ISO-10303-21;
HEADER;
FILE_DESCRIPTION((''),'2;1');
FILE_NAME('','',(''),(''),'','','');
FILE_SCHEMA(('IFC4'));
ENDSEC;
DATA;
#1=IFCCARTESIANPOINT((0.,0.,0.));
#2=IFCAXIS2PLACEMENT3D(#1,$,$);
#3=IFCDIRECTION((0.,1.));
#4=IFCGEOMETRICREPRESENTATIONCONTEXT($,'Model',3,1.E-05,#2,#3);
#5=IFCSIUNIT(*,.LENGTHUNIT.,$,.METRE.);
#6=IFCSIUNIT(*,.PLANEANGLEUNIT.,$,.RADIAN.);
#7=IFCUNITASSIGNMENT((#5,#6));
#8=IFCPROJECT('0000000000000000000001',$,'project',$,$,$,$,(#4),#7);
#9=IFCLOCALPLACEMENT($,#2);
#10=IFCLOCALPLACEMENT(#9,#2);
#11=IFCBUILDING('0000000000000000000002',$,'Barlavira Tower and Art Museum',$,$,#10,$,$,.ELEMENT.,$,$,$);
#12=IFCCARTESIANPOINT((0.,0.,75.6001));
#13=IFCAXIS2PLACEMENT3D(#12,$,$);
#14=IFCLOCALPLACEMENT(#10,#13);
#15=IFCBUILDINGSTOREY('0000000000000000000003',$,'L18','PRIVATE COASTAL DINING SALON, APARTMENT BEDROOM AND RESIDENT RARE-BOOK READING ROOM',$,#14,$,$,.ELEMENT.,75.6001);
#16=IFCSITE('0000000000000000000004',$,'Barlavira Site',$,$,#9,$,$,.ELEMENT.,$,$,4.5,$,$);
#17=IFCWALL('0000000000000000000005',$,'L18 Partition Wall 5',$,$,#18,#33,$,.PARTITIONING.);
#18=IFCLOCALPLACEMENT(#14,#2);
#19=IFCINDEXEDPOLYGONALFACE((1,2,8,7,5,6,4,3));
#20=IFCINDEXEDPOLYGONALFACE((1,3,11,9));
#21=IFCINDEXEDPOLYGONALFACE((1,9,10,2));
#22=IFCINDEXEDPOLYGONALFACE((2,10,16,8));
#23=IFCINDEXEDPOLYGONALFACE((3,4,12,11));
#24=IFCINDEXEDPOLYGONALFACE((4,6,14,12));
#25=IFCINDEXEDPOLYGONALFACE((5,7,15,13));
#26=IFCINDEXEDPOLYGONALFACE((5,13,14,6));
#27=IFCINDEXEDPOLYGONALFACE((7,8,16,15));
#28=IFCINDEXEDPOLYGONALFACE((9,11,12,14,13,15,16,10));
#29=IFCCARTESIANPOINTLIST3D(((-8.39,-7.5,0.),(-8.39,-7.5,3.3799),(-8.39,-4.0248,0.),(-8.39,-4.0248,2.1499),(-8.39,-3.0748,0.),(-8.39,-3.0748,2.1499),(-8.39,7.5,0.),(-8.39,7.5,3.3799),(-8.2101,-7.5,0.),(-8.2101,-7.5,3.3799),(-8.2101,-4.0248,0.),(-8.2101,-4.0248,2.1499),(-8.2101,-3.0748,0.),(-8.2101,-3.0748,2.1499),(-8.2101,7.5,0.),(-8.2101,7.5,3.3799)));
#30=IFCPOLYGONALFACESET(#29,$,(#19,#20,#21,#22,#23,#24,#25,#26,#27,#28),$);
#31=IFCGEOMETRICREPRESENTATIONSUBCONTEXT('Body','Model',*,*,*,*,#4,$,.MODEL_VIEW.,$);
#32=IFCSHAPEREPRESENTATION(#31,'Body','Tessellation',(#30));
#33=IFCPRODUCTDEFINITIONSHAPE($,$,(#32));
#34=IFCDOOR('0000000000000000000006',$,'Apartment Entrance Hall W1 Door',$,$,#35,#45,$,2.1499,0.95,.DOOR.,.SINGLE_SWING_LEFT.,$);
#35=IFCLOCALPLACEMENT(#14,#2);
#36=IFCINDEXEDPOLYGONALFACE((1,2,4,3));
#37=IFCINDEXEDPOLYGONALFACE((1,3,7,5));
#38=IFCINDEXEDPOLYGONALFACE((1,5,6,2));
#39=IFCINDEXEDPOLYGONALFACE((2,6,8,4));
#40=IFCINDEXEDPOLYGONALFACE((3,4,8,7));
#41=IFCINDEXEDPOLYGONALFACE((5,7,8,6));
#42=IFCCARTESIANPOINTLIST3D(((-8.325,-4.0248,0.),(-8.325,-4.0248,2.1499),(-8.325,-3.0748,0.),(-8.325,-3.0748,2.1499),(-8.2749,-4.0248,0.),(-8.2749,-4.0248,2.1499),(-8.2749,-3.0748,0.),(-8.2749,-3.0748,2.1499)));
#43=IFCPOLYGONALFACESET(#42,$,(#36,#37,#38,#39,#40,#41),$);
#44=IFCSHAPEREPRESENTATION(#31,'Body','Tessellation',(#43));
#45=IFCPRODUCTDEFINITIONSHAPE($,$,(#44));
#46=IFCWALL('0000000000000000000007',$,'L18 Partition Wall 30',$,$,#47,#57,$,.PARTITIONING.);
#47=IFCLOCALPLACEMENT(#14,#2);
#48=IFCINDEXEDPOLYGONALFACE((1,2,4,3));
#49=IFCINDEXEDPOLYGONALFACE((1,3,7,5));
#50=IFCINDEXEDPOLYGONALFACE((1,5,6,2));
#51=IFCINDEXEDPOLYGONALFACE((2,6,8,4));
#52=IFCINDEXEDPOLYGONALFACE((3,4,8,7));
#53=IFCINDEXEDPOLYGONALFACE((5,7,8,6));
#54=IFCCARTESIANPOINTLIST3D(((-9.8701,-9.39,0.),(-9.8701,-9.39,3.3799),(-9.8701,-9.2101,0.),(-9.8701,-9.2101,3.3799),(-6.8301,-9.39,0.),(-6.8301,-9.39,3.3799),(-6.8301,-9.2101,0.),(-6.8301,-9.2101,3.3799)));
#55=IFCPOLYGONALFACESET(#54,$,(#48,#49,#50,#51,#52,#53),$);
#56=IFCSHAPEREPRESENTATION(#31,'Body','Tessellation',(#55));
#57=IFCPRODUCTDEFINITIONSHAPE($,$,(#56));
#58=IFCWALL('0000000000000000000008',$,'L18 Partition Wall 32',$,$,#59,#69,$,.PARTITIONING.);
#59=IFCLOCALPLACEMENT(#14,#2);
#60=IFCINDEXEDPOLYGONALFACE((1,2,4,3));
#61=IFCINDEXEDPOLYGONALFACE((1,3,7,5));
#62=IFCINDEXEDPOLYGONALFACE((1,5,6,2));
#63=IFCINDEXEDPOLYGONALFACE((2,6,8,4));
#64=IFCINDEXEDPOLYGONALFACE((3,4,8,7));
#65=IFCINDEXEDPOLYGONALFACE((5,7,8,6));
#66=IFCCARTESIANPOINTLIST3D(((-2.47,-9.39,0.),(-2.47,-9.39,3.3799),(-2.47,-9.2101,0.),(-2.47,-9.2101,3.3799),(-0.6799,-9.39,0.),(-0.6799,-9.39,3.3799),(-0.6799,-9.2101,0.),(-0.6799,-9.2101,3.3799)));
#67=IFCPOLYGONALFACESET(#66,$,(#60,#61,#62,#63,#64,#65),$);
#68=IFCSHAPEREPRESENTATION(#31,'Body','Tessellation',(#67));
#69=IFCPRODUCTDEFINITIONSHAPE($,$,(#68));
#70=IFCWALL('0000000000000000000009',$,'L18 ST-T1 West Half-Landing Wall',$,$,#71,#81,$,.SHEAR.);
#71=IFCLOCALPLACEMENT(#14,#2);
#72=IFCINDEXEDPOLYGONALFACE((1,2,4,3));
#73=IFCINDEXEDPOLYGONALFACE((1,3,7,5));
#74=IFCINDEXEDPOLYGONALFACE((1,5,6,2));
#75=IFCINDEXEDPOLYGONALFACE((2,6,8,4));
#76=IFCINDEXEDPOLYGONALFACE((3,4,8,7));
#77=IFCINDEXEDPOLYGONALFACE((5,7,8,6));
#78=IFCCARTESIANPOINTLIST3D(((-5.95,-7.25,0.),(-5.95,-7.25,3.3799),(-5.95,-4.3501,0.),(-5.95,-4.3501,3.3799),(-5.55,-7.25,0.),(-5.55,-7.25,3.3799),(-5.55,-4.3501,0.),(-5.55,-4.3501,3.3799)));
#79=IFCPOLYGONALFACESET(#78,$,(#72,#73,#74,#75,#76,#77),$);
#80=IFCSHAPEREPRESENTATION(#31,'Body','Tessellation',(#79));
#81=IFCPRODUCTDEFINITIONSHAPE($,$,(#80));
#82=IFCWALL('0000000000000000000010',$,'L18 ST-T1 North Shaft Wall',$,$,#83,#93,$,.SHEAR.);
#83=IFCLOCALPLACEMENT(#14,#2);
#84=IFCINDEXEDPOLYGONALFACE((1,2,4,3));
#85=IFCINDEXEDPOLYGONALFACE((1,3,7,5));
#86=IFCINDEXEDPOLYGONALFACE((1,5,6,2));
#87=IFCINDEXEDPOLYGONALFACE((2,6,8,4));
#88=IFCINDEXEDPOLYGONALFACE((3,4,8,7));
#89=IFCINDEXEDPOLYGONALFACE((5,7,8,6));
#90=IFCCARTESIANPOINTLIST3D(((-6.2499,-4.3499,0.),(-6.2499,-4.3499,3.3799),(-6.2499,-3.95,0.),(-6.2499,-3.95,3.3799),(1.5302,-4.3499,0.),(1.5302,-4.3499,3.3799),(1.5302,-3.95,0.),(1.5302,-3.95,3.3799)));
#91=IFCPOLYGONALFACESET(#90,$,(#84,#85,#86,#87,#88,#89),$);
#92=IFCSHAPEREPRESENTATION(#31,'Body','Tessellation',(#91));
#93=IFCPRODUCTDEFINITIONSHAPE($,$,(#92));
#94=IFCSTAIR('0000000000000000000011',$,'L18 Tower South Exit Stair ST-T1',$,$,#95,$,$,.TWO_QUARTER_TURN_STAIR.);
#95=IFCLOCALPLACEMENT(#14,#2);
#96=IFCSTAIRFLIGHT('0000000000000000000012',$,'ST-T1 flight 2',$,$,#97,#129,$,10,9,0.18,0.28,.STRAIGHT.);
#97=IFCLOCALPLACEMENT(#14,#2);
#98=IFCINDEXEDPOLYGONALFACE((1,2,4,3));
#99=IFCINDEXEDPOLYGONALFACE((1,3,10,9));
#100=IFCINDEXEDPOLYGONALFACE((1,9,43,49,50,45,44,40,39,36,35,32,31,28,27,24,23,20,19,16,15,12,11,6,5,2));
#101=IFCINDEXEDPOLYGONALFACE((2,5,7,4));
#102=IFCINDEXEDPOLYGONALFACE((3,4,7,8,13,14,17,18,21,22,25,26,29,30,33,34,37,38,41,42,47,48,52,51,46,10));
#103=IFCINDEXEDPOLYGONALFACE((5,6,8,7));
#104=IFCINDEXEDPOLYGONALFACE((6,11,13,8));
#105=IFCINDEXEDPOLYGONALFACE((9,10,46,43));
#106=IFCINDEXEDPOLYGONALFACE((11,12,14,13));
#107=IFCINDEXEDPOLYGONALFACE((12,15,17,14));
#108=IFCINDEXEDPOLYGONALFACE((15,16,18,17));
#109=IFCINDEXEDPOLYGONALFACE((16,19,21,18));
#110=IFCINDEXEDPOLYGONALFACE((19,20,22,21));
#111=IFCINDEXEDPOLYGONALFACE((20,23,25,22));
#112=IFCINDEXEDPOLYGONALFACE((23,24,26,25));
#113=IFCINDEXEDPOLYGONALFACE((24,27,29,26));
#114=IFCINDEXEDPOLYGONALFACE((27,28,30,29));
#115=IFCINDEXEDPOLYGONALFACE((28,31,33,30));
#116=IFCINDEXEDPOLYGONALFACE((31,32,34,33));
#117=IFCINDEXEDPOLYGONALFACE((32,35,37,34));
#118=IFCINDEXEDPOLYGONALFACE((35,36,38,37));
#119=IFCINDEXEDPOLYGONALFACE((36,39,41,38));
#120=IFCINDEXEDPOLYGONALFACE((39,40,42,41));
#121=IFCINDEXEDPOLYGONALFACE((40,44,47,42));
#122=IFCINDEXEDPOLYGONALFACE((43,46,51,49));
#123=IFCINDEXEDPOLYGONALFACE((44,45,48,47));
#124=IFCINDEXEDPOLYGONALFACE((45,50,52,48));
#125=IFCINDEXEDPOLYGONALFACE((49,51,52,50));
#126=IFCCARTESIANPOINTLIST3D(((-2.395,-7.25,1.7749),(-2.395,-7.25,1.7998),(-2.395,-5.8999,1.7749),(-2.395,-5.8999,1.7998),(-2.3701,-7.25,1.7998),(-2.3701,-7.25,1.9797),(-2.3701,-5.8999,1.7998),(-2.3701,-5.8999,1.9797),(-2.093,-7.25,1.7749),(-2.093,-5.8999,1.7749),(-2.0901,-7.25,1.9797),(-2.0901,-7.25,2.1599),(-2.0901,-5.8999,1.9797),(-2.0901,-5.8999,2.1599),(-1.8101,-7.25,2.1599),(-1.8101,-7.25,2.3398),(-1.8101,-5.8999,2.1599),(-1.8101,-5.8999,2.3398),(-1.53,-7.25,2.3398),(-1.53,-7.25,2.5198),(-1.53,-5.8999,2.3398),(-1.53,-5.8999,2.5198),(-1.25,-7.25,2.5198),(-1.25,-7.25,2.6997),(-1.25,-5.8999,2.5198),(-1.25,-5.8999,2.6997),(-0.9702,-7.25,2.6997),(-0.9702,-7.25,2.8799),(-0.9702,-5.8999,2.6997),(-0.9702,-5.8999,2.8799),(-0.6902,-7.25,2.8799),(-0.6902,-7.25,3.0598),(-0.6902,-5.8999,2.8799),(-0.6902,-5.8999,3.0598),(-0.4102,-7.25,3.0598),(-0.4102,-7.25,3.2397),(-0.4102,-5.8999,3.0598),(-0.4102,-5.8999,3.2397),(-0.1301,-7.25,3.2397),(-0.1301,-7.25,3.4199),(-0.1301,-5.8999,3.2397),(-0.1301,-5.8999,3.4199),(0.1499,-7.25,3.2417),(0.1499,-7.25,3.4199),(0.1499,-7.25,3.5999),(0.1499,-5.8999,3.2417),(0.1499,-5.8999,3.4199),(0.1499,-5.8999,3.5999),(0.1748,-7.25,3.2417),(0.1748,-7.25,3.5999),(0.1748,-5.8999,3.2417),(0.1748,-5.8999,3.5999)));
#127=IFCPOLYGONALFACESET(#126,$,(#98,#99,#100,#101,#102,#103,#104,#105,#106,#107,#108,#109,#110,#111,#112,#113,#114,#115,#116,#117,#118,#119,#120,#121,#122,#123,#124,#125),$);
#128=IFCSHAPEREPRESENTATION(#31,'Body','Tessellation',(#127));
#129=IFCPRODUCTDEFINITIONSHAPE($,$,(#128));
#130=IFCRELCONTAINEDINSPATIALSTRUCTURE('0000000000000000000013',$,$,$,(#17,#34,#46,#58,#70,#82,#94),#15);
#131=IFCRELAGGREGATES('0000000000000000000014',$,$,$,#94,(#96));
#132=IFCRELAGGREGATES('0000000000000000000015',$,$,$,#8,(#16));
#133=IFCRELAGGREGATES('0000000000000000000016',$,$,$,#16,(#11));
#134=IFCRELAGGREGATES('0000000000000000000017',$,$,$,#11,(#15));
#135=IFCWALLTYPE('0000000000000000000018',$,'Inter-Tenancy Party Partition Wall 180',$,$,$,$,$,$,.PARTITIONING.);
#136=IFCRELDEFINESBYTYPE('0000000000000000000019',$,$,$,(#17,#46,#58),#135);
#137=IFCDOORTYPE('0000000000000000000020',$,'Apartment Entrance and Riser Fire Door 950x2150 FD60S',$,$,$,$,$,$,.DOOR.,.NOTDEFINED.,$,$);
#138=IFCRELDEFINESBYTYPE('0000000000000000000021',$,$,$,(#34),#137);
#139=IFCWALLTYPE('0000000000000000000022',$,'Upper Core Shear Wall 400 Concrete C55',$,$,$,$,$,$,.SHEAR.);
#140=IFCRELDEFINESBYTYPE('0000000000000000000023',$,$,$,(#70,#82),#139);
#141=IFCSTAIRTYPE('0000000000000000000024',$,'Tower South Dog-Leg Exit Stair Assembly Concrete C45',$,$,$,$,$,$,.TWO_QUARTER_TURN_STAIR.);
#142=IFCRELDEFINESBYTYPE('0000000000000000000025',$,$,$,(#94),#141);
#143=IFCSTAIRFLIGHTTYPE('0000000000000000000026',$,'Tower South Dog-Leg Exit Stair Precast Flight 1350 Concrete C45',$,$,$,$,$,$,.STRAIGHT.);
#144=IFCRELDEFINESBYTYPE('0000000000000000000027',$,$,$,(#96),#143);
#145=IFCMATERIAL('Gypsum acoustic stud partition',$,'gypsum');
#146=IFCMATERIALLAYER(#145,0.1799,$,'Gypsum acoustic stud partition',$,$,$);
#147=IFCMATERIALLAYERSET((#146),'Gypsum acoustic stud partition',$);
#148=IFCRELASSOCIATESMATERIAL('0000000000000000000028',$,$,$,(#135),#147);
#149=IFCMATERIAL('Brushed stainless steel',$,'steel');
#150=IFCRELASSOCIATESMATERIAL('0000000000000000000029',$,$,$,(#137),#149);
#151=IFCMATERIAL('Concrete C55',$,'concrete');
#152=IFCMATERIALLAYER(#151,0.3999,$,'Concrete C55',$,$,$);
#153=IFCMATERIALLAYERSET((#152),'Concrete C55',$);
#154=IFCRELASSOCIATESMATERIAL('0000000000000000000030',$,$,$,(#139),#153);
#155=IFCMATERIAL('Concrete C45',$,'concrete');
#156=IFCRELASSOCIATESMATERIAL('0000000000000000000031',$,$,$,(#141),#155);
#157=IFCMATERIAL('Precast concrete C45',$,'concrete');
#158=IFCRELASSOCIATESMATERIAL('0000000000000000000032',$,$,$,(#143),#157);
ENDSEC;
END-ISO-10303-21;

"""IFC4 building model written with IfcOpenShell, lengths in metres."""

from ifc_helpers import new_model, si_unit, direction, frame, frame_2d, origin, place, context, subcontext, project, spatial, polyline, rectangle, outline, extrude, material, layer, layer_set, type_object, element, fill, aggregate, save


model = new_model("IFC4")

# Units and contexts
model_context = context("Model", 3, precision=1e-05, world=origin(), true_north=direction((0.0, 1.0)))
body_context = subcontext(model_context, "Body", "Model", "MODEL_VIEW")
ifc_project = project(units=[si_unit("LENGTHUNIT", "METRE"), si_unit("PLANEANGLEUNIT", "RADIAN")], contexts=[model_context])

# Site, building, storey
site_placement = place(None, origin())
site = spatial("IfcSite", under=ifc_project, at=site_placement, Name="Barlavira Site", CompositionType="ELEMENT", RefElevation=4.5)
building_placement = place(site_placement, origin())
building = spatial("IfcBuilding", under=site, at=building_placement, Name="Barlavira Tower and Art Museum", CompositionType="ELEMENT")
storey_placement = place(building_placement, frame((0.0, 0.0, 75.6001)))
storey = spatial("IfcBuildingStorey", under=building, at=storey_placement, Name="L18", Description="PRIVATE COASTAL DINING SALON, APARTMENT BEDROOM AND RESIDENT RARE-BOOK READING ROOM", CompositionType="ELEMENT", Elevation=75.6001)

# Shared definitions
ifc_material_1 = material(Name="Brushed stainless steel", Category="steel")

# Wall, opening, door
ifc_material_2 = material(Name="Gypsum acoustic stud partition", Category="gypsum")
ifc_layer_1 = layer(ifc_material_2, 0.1799, Name="Gypsum acoustic stud partition")
ifc_layer_set_1 = layer_set([ifc_layer_1], Name="Gypsum acoustic stud partition")
wall_type_1 = type_object("IfcWallType", Name="Inter-Tenancy Party Partition Wall 180", PredefinedType="PARTITIONING", material=ifc_layer_set_1)
wall_1_placement = place(storey_placement, frame((-8.3, -7.5, 0.0), z_axis=(0.0, 0.0, 1.0), x_axis=(0.0, 1.0, 0.0)))
wall_1 = element("IfcWall", 1, at=wall_1_placement, inside=storey, type_object=wall_type_1, Name="L18 Partition Wall 5", PredefinedType="PARTITIONING", context=body_context, shape_type="SweptSolid", body=[
    extrude(rectangle(XDim=15.0, YDim=0.1799, at=frame_2d((7.5, 0.0))), origin(), (0.0, 0.0, 1.0), 3.3799),
])
opening_1_placement = place(wall_1_placement, frame((3.4751, 0.0, 0.0)))
opening_1 = element("IfcOpeningElement", 2, at=opening_1_placement, cuts=wall_1, PredefinedType="OPENING", context=body_context, shape_type="SweptSolid", body=[
    extrude(rectangle(XDim=0.95, YDim=2.1499, at=frame_2d((0.4751, 1.075))), frame((0.0, 0.1001, 0.0), z_axis=(0.0, -1.0, 0.0), x_axis=(1.0, 0.0, 0.0)), (0.0, 0.0, 1.0), 0.2),
])
door_type_1 = type_object("IfcDoorType", Name="Apartment Entrance and Riser Fire Door 950x2150 FD60S", OperationType="NOTDEFINED", PredefinedType="DOOR", material=ifc_material_1)
door_1_placement = place(opening_1_placement, origin())
door_1 = element("IfcDoor", 3, at=door_1_placement, inside=storey, type_object=door_type_1, Name="Apartment Entrance Hall W1 Door", OperationType="SINGLE_SWING_LEFT", OverallHeight=2.1499, OverallWidth=0.95, PredefinedType="DOOR", context=body_context, shape_type="SweptSolid", body=[
    extrude(rectangle(XDim=0.95, YDim=2.1499, at=frame_2d((0.4751, 1.075))), frame((0.0, 0.0249, 0.0), z_axis=(0.0, -1.0, 0.0), x_axis=(1.0, 0.0, 0.0)), (0.0, 0.0, 1.0), 0.05),
])
fill(opening_1, door_1)

# Wall
wall_2_placement = place(storey_placement, frame((-9.8701, -9.3, 0.0), z_axis=(0.0, 0.0, 1.0), x_axis=(1.0, 0.0, 0.0)))
element("IfcWall", 4, at=wall_2_placement, inside=storey, type_object=wall_type_1, Name="L18 Partition Wall 30", PredefinedType="PARTITIONING", context=body_context, shape_type="SweptSolid", body=[
    extrude(rectangle(XDim=3.04, YDim=0.1799, at=frame_2d((1.52, 0.0))), origin(), (0.0, 0.0, 1.0), 3.3799),
])

# Walls
wall_3_placement = place(storey_placement, frame((-2.47, -9.3, 0.0), z_axis=(0.0, 0.0, 1.0), x_axis=(1.0, 0.0, 0.0)))
element("IfcWall", 5, at=wall_3_placement, inside=storey, type_object=wall_type_1, Name="L18 Partition Wall 32", PredefinedType="PARTITIONING", context=body_context, shape_type="SweptSolid", body=[
    extrude(rectangle(XDim=1.79, YDim=0.1799, at=frame_2d((0.895, 0.0))), origin(), (0.0, 0.0, 1.0), 3.3799),
])
ifc_material_3 = material(Name="Concrete C55", Category="concrete")
ifc_layer_2 = layer(ifc_material_3, 0.3999, Name="Concrete C55")
ifc_layer_set_2 = layer_set([ifc_layer_2], Name="Concrete C55")
wall_type_2 = type_object("IfcWallType", Name="Upper Core Shear Wall 400 Concrete C55", PredefinedType="SHEAR", material=ifc_layer_set_2)
wall_4_placement = place(storey_placement, frame((-5.75, -7.25, 0.0), z_axis=(0.0, 0.0, 1.0), x_axis=(0.0, 1.0, 0.0)))
element("IfcWall", 6, at=wall_4_placement, inside=storey, type_object=wall_type_2, Name="L18 ST-T1 West Half-Landing Wall", PredefinedType="SHEAR", context=body_context, shape_type="SweptSolid", body=[
    extrude(rectangle(XDim=2.8999, YDim=0.3999, at=frame_2d((1.45, 0.0))), origin(), (0.0, 0.0, 1.0), 3.3799),
])
wall_5_placement = place(storey_placement, frame((-6.25, -4.1499, 0.0), z_axis=(0.0, 0.0, 1.0), x_axis=(1.0, 0.0, 0.0)))
element("IfcWall", 7, at=wall_5_placement, inside=storey, type_object=wall_type_2, Name="L18 ST-T1 North Shaft Wall", PredefinedType="SHEAR", context=body_context, shape_type="SweptSolid", body=[
    extrude(rectangle(XDim=7.78, YDim=0.3999, at=frame_2d((3.8901, 0.0))), origin(), (0.0, 0.0, 1.0), 3.3799),
])

# Stair, stair flight
ifc_material_4 = material(Name="Concrete C45", Category="concrete")
stair_type = type_object("IfcStairType", Name="Tower South Dog-Leg Exit Stair Assembly Concrete C45", PredefinedType="TWO_QUARTER_TURN_STAIR", material=ifc_material_4)
stair_placement = place(storey_placement, origin())
stair = element("IfcStair", 8, at=stair_placement, inside=storey, type_object=stair_type, Name="L18 Tower South Exit Stair ST-T1", PredefinedType="TWO_QUARTER_TURN_STAIR")
ifc_material_5 = material(Name="Precast concrete C45", Category="concrete")
stair_flight_type = type_object("IfcStairFlightType", Name="Tower South Dog-Leg Exit Stair Precast Flight 1350 Concrete C45", PredefinedType="STRAIGHT", material=ifc_material_5)
stair_flight_placement = place(storey_placement, frame((-2.3701, -6.575, 1.7998), z_axis=(0.0, 0.0, 1.0), x_axis=(1.0, 0.0, 0.0)))
stair_flight = element("IfcStairFlight", 9, at=stair_flight_placement, type_object=stair_flight_type, Name="ST-T1 flight 2", NumberOfRisers=10, NumberOfTreads=9, PredefinedType="STRAIGHT", RiserHeight=0.18, TreadLength=0.28, context=body_context, shape_type="SweptSolid", body=[
    extrude(outline(polyline([(-0.0249, 0.0), (0.0, 0.0), (0.0, 0.1799), (0.28, 0.1799), (0.28, 0.3601), (0.5601, 0.3601), (0.5601, 0.54), (0.8401, 0.54), (0.8401, 0.72), (1.1201, 0.72), (1.1201, 0.8999), (1.3999, 0.8999), (1.3999, 1.0801), (1.6799, 1.0801), (1.6799, 1.26), (1.96, 1.26), (1.96, 1.4399), (2.24, 1.4399), (2.24, 1.6201), (2.52, 1.6201), (2.52, 1.8), (2.5449, 1.8), (2.5449, 1.4419), (2.52, 1.4419), (0.2771, -0.0249), (-0.0249, -0.0249), (-0.0249, 0.0)])), frame((0.0, 0.675, 0.0), z_axis=(0.0, -1.0, 0.0), x_axis=(1.0, 0.0, 0.0)), (0.0, 0.0, 1.0), 1.3501),
])
aggregate(stair, [stair_flight])

save(model, "model.ifc")
